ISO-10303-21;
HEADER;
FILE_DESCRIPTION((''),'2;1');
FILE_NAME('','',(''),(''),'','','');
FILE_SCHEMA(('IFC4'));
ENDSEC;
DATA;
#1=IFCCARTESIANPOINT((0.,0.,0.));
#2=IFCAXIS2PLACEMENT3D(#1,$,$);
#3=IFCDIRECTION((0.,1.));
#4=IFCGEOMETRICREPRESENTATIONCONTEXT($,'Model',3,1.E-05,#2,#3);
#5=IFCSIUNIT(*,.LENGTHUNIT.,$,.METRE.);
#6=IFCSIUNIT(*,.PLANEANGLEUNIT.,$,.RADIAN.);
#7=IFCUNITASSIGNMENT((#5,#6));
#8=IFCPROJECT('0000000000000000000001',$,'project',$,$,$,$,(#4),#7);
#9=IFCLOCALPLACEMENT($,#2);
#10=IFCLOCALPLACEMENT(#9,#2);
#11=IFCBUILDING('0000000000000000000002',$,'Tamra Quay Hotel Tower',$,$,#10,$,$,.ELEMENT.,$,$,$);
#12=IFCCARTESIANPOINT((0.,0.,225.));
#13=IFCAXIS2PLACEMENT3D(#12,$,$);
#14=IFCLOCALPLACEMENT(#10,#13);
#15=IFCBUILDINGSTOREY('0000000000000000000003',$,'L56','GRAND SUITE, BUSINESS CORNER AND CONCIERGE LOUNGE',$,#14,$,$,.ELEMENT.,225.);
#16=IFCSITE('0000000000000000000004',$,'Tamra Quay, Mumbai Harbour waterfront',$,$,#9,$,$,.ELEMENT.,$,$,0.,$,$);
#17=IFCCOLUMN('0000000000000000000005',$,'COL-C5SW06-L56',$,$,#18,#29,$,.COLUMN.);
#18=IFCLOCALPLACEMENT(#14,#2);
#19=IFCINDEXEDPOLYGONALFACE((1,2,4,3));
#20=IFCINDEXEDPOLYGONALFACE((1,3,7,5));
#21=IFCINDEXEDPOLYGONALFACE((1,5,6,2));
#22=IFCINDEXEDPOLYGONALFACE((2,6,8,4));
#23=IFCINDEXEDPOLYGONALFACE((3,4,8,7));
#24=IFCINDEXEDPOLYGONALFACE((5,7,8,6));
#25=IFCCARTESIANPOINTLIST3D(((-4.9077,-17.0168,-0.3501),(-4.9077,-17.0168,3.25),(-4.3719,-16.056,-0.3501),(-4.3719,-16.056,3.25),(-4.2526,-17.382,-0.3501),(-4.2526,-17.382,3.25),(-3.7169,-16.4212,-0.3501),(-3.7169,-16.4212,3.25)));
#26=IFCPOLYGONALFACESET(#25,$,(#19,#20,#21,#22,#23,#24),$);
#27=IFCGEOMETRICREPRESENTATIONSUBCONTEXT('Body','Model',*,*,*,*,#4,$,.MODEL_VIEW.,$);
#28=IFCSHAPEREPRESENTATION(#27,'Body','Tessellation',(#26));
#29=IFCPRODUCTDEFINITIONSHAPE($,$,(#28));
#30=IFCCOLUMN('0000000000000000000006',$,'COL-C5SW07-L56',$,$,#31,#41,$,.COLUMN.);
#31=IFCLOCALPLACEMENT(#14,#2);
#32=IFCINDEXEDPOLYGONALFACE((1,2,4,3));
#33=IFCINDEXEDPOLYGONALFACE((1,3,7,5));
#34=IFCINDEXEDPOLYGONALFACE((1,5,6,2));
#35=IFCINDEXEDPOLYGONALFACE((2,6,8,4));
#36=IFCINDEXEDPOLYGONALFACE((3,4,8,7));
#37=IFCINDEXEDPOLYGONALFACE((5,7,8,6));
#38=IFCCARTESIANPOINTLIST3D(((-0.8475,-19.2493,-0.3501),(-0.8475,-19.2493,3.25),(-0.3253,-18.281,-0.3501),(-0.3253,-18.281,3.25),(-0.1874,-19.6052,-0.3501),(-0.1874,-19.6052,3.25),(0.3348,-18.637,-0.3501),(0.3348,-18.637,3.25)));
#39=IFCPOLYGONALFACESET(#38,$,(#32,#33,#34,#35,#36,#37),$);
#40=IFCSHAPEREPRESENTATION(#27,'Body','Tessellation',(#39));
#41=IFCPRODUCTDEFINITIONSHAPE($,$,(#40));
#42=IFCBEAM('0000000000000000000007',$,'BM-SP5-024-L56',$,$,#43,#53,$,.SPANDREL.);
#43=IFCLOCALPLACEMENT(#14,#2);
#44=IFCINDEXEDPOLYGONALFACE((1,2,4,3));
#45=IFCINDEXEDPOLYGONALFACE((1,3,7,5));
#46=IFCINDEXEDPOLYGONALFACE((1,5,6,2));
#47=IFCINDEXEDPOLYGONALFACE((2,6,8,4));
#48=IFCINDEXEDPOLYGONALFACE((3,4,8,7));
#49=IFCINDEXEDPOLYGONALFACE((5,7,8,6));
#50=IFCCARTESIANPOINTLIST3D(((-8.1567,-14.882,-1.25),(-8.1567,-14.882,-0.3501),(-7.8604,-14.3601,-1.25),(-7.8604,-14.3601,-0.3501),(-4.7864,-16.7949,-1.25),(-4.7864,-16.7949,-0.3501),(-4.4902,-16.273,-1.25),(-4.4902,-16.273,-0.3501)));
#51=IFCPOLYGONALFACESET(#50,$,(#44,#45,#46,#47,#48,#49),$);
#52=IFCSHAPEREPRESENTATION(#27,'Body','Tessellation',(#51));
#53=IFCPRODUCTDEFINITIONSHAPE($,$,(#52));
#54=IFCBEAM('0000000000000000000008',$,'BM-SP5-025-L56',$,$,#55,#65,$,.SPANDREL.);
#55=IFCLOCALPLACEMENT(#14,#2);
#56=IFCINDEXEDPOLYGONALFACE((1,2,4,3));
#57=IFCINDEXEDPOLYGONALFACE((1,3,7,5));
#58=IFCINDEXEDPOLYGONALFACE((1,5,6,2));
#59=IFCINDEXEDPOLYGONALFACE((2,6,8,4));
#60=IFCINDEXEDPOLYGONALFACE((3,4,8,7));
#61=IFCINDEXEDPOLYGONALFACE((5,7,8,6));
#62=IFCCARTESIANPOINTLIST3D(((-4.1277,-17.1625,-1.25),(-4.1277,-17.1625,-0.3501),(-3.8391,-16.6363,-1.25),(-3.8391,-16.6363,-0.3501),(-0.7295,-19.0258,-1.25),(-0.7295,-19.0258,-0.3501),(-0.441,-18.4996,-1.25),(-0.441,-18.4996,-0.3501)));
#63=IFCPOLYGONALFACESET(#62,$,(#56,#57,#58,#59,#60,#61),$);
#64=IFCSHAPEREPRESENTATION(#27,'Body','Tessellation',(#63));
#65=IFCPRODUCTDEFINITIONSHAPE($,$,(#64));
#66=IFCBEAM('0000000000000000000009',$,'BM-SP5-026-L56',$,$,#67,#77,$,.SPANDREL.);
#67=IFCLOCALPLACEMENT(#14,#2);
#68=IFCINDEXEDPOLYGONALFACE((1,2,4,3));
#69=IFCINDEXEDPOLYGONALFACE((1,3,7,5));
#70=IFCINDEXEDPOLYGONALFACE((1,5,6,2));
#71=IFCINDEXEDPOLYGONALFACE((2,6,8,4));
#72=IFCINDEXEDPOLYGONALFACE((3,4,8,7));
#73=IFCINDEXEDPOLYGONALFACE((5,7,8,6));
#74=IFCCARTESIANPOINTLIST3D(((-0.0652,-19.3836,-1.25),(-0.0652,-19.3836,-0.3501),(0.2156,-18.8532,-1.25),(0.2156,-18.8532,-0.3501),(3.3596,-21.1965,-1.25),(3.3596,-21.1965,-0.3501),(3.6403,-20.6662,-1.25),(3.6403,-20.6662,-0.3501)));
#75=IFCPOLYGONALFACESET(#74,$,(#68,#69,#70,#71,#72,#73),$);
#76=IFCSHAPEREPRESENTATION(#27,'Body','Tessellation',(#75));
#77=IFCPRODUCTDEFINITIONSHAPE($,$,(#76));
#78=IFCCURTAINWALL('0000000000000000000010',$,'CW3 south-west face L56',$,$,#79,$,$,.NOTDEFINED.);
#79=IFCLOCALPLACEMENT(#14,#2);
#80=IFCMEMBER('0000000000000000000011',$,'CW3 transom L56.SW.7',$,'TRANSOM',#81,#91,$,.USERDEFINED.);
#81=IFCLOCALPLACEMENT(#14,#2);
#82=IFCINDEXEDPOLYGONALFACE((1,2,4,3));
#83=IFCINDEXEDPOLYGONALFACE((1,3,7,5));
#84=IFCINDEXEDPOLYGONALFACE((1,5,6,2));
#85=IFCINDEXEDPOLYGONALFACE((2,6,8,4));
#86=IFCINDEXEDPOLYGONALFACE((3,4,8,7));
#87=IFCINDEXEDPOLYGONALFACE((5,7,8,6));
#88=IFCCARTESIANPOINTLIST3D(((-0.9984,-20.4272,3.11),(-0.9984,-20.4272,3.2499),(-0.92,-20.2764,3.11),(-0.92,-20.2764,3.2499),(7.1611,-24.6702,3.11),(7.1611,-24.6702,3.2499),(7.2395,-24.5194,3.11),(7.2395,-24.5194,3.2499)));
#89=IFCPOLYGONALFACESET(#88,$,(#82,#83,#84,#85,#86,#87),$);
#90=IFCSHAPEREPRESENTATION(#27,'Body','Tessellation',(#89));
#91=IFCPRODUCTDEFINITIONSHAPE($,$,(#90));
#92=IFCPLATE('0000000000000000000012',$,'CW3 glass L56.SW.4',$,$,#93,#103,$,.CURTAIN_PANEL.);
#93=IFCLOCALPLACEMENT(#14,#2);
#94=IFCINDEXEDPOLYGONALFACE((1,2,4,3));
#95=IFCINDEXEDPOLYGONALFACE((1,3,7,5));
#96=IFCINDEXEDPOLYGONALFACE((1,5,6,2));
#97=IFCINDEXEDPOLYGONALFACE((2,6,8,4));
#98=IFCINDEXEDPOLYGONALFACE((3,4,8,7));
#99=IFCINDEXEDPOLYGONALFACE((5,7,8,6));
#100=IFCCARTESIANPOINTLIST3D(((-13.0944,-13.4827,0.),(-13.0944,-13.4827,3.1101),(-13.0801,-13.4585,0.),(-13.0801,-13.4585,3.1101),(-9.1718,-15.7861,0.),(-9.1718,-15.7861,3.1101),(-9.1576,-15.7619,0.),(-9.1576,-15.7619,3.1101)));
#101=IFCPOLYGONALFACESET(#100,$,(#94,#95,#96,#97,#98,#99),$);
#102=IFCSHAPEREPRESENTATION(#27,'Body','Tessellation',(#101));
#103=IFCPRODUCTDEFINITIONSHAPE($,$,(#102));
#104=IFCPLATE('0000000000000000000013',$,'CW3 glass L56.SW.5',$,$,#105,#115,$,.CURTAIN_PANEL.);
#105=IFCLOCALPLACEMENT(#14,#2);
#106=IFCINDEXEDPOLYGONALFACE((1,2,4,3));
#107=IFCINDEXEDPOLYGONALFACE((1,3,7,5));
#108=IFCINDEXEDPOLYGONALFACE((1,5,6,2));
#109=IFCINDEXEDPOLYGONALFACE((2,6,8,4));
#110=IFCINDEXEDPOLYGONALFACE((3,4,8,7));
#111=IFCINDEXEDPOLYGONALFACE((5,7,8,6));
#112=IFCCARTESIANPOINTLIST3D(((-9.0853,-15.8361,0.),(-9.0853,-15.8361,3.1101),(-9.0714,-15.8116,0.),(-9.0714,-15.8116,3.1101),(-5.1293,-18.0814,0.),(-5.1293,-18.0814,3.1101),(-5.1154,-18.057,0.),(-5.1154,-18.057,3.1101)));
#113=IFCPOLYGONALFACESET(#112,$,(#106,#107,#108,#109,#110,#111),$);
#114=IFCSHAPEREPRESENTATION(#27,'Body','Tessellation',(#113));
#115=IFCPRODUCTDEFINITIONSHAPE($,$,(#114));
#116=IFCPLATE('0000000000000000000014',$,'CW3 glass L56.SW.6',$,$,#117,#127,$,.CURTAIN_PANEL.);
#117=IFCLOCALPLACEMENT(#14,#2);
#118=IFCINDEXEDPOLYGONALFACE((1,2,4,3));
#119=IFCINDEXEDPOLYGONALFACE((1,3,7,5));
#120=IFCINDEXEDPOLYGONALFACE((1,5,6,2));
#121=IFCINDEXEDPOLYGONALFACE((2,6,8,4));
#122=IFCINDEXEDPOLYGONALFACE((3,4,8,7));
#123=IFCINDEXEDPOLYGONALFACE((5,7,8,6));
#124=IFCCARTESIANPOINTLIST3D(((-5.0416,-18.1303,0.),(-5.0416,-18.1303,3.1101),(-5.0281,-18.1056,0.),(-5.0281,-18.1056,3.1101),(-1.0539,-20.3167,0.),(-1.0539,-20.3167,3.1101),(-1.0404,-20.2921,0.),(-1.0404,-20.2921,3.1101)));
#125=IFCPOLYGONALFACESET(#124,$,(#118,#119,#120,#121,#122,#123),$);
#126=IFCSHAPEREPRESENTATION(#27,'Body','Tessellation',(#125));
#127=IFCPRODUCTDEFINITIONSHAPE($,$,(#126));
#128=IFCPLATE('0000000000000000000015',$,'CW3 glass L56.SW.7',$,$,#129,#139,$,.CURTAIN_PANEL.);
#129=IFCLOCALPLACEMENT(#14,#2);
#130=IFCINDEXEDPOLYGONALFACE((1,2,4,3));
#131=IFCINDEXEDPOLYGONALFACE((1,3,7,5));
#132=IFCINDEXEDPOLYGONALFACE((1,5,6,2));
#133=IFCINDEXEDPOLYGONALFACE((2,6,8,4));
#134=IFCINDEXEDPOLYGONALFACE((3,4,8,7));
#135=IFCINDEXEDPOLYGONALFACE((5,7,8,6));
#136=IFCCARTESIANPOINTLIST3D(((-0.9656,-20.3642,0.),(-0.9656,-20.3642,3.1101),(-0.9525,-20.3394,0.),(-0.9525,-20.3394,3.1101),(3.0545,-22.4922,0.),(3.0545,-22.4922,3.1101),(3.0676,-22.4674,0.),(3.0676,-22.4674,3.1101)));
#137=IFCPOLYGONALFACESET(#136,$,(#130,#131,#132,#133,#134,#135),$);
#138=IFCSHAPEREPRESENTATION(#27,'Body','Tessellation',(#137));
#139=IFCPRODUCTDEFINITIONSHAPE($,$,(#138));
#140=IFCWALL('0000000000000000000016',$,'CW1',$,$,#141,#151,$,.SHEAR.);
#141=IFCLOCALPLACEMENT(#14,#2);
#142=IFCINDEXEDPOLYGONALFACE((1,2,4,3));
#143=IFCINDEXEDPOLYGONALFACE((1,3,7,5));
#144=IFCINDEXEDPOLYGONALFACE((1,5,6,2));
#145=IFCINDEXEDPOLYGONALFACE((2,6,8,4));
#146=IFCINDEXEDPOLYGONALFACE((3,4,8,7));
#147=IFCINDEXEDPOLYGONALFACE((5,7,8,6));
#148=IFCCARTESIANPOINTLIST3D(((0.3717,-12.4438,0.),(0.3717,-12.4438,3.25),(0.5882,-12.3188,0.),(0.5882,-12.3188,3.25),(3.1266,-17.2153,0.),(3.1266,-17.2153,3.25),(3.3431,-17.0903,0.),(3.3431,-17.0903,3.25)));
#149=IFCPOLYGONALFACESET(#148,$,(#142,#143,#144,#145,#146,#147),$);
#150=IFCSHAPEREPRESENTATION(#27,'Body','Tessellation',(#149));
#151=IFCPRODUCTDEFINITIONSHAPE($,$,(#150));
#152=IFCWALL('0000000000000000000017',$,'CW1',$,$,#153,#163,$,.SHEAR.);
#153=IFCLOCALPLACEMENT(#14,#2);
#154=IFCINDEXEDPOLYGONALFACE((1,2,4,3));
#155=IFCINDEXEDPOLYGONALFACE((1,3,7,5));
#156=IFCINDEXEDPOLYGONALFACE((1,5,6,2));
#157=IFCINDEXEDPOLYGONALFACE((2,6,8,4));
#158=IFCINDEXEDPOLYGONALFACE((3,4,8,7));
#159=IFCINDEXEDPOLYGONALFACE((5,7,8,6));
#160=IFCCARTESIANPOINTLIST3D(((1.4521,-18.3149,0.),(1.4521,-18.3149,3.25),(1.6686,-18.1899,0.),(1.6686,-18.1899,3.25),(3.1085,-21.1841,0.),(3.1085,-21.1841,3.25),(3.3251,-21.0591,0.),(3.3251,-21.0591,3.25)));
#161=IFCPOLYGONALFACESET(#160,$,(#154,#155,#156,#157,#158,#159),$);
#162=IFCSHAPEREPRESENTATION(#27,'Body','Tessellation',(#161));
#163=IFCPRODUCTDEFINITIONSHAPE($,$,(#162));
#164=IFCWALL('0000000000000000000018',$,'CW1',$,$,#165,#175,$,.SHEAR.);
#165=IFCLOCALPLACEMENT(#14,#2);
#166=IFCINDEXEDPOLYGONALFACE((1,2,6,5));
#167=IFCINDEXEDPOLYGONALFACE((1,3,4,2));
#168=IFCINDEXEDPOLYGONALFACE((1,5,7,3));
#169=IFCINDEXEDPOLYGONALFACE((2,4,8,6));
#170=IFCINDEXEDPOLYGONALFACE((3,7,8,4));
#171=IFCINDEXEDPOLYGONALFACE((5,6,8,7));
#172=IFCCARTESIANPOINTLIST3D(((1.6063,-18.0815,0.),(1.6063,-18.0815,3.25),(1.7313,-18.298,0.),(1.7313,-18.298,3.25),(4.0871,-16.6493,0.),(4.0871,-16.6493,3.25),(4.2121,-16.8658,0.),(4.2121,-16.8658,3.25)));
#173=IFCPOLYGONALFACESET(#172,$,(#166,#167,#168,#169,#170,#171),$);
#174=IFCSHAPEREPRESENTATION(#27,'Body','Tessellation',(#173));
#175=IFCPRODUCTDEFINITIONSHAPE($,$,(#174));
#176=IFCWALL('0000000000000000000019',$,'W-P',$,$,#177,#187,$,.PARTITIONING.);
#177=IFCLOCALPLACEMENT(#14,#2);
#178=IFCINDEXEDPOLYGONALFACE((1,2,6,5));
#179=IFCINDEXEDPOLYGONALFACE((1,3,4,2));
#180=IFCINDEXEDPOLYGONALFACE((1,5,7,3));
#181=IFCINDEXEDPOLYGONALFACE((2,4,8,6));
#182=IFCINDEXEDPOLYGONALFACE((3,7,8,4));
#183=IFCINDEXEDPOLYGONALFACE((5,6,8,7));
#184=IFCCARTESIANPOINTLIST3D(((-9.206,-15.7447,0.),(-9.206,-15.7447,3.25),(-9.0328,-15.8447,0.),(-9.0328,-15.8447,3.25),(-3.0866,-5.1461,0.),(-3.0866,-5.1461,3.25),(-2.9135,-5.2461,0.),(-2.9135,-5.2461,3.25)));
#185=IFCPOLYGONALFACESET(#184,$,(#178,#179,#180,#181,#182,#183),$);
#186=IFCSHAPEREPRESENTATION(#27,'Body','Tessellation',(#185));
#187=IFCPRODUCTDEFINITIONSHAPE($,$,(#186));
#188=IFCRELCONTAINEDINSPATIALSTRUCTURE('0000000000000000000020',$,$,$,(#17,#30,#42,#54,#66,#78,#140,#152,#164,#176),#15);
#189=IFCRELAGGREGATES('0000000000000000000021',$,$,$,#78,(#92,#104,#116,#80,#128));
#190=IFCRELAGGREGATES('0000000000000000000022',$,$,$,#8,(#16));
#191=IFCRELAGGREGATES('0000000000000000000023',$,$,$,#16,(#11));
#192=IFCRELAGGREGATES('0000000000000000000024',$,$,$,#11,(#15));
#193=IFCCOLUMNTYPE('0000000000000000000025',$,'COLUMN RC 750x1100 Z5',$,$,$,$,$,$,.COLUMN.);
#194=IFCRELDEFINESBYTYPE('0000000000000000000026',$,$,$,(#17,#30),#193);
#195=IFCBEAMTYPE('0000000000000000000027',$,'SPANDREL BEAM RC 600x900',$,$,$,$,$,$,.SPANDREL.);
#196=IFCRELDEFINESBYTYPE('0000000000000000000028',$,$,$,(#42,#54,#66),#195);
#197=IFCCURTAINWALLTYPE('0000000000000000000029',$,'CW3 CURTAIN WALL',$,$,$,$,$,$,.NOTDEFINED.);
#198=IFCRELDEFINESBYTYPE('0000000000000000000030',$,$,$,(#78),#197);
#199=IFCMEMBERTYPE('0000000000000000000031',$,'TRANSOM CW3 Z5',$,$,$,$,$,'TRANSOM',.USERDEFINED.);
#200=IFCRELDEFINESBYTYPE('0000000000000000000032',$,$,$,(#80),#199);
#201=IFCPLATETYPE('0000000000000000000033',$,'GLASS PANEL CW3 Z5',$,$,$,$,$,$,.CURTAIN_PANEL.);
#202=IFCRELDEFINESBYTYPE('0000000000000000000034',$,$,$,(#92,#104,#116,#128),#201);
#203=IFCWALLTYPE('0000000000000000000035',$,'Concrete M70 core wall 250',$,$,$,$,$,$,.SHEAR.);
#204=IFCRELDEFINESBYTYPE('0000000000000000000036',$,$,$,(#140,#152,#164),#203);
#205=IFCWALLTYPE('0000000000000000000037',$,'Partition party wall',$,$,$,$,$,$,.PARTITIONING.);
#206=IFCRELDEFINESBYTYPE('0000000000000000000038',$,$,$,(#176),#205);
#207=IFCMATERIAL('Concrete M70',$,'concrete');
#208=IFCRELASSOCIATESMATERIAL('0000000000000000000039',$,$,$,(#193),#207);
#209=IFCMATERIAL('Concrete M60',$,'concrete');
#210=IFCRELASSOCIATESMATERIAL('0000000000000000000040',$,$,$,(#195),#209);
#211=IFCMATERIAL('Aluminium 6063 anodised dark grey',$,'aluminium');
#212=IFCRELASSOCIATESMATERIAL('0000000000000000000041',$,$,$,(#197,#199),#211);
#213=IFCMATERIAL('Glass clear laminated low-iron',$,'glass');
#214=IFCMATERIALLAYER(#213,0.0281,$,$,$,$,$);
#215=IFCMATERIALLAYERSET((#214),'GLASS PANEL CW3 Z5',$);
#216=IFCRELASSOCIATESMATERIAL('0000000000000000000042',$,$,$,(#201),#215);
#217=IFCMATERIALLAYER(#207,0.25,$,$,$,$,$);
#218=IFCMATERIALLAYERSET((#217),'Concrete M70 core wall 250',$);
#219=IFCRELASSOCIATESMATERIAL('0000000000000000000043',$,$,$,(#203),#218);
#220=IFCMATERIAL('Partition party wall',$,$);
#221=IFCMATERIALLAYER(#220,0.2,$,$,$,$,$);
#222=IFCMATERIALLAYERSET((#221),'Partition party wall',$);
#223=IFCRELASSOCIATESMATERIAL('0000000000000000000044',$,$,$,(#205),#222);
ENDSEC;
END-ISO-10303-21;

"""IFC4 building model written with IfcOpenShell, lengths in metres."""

from ifc_helpers import new_model, si_unit, direction, frame, frame_2d, origin, origin_2d, place, context, subcontext, project, spatial, rectangle, extrude, material, layer, layer_set, material_profile, profile_set, type_object, element, aggregate, save


model = new_model("IFC4")

# Units and contexts
model_context = context("Model", 3, precision=1e-05, world=origin(), true_north=direction((0.0, 1.0)))
body_context = subcontext(model_context, "Body", "Model", "MODEL_VIEW")
ifc_project = project(units=[si_unit("LENGTHUNIT", "METRE"), si_unit("PLANEANGLEUNIT", "RADIAN")], contexts=[model_context])

# Site, building, storey
site_placement = place(None, origin())
site = spatial("IfcSite", under=ifc_project, at=site_placement, Name="Tamra Quay, Mumbai Harbour waterfront", CompositionType="ELEMENT", RefElevation=0.0)
building_placement = place(site_placement, origin())
building = spatial("IfcBuilding", under=site, at=building_placement, Name="Tamra Quay Hotel Tower", CompositionType="ELEMENT")
storey_placement = place(building_placement, frame((0.0, 0.0, 225.0)))
storey = spatial("IfcBuildingStorey", under=building, at=storey_placement, Name="L56", Description="GRAND SUITE, BUSINESS CORNER AND CONCIERGE LOUNGE", CompositionType="ELEMENT", Elevation=225.0)

# Columns
ifc_material_1 = material(Name="Concrete M70", Category="concrete")
ifc_material_profile_1 = material_profile(ifc_material_1, rectangle(XDim=1.1001, YDim=0.75, at=origin_2d()), Name="COLUMN RC 750x1100 Z5")
ifc_profile_set_1 = profile_set([ifc_material_profile_1], Name="Concrete M70")
column_type = type_object("IfcColumnType", Name="COLUMN RC 750x1100 Z5", PredefinedType="COLUMN", material=ifc_profile_set_1)
for number, where, z_axis, x_axis, name in (
    (1, (-4.3123, -16.719, -0.3501), (0.0, 0.0, 1.0), (0.486989, 0.873408, 0.0), "COL-C5SW06-L56"),
    (2, (-0.2563, -18.9431, -0.3501), (0.0, 0.0, 1.0), (0.474651, 0.880174, 0.0), "COL-C5SW07-L56"),
):
    element("IfcColumn", number, at=place(storey_placement, frame(where, z_axis=z_axis, x_axis=x_axis)), inside=storey, type_object=column_type, Name=name, PredefinedType="COLUMN", context=body_context, shape_type="SweptSolid", body=[
        extrude(rectangle(XDim=1.1001, YDim=0.75, at=origin_2d()), origin(), (0.0, 0.0, 1.0), 3.6001),
    ])

# Beams
ifc_material_2 = material(Name="Concrete M60", Category="concrete")
ifc_material_profile_2 = material_profile(ifc_material_2, rectangle(XDim=0.6001, YDim=0.8999, at=origin_2d()), Name="SPANDREL BEAM RC 600x900")
ifc_profile_set_2 = profile_set([ifc_material_profile_2], Name="Concrete M60")
beam_type = type_object("IfcBeamType", Name="SPANDREL BEAM RC 600x900", PredefinedType="SPANDREL", material=ifc_profile_set_2)
beam_1_placement = place(storey_placement, frame((-8.0085, -14.6211, -0.8), z_axis=(0.869678, -0.49362, 0.0), x_axis=(0.49362, 0.869678, 0.0)))
element("IfcBeam", 3, at=beam_1_placement, inside=storey, type_object=beam_type, Name="BM-SP5-024-L56", PredefinedType="SPANDREL", context=body_context, shape_type="SweptSolid", body=[
    extrude(rectangle(XDim=0.6001, YDim=0.8999, at=origin_2d()), origin(), (0.0, 0.0, 1.0), 3.8752),
])
beam_2_placement = place(storey_placement, frame((-3.9834, -16.8994, -0.8), z_axis=(0.876839, -0.480784, 0.0), x_axis=(0.480784, 0.876839, 0.0)))
element("IfcBeam", 4, at=beam_2_placement, inside=storey, type_object=beam_type, Name="BM-SP5-025-L56", PredefinedType="SPANDREL", context=body_context, shape_type="SweptSolid", body=[
    extrude(rectangle(XDim=0.6001, YDim=0.8999, at=origin_2d()), origin(), (0.0, 0.0, 1.0), 3.8755),
])
beam_3_placement = place(storey_placement, frame((0.0752, -19.1184, -0.8), z_axis=(0.883803, -0.467859, 0.0), x_axis=(0.467859, 0.883803, 0.0)))
element("IfcBeam", 5, at=beam_3_placement, inside=storey, type_object=beam_type, Name="BM-SP5-026-L56", PredefinedType="SPANDREL", context=body_context, shape_type="SweptSolid", body=[
    extrude(rectangle(XDim=0.6001, YDim=0.8999, at=origin_2d()), origin(), (0.0, 0.0, 1.0), 3.875),
])

# Curtain wall, member, plates
ifc_material_3 = material(Name="Aluminium 6063 anodised dark grey", Category="aluminium")
curtain_wall_type = type_object("IfcCurtainWallType", Name="CW3 CURTAIN WALL", PredefinedType="NOTDEFINED", material=ifc_material_3)
curtain_wall_placement = place(storey_placement, origin())
curtain_wall = element("IfcCurtainWall", 6, at=curtain_wall_placement, inside=storey, type_object=curtain_wall_type, Name="CW3 south-west face L56", PredefinedType="NOTDEFINED")
ifc_material_profile_3 = material_profile(ifc_material_3, rectangle(XDim=0.1699, YDim=0.1399, at=origin_2d()), Name="TRANSOM 170X140")
ifc_profile_set_3 = profile_set([ifc_material_profile_3], Name="Aluminium 6063 anodised dark grey")
member_type = type_object("IfcMemberType", Name="TRANSOM CW3 Z5", ElementType="TRANSOM", PredefinedType="USERDEFINED", material=ifc_profile_set_3)
member_placement = place(storey_placement, frame((-0.9592, -20.3518, 3.1799), z_axis=(0.887216, -0.461354, 0.0), x_axis=(0.461354, 0.887216, 0.0)))
member = element("IfcMember", 7, at=member_placement, type_object=member_type, Name="CW3 transom L56.SW.7", ObjectType="TRANSOM", PredefinedType="USERDEFINED", context=body_context, shape_type="SweptSolid", body=[
    extrude(rectangle(XDim=0.1699, YDim=0.1399, at=origin_2d()), origin(), (0.0, 0.0, 1.0), 9.1968),
])
ifc_material_4 = material(Name="Glass clear laminated low-iron", Category="glass")
ifc_layer_1 = layer(ifc_material_4, 0.0281)
ifc_layer_set_1 = layer_set([ifc_layer_1], Name="GLASS PANEL CW3 Z5")
plate_type = type_object("IfcPlateType", Name="GLASS PANEL CW3 Z5", PredefinedType="CURTAIN_PANEL", material=ifc_layer_set_1)
plate_1_placement = place(storey_placement, frame((-11.126, -14.6223, 0.0), z_axis=(0.0, 0.0, 1.0), x_axis=(0.862321, -0.506362, 0.0)))
plate_1 = element("IfcPlate", 8, at=plate_1_placement, type_object=plate_type, Name="CW3 glass L56.SW.4", PredefinedType="CURTAIN_PANEL", context=body_context, shape_type="SweptSolid", body=[
    extrude(rectangle(XDim=4.5488, YDim=0.0281, at=origin_2d()), origin(), (0.0, 0.0, 1.0), 3.1101),
])
plate_2_placement = place(storey_placement, frame((-7.1003, -16.9465, 0.0), z_axis=(0.0, 0.0, 1.0), x_axis=(0.869683, -0.493611, 0.0)))
plate_2 = element("IfcPlate", 9, at=plate_2_placement, type_object=plate_type, Name="CW3 glass L56.SW.5", PredefinedType="CURTAIN_PANEL", context=body_context, shape_type="SweptSolid", body=[
    extrude(rectangle(XDim=4.5488, YDim=0.0281, at=origin_2d()), origin(), (0.0, 0.0, 1.0), 3.1101),
])
plate_3_placement = place(storey_placement, frame((-3.041, -19.2112, 0.0), z_axis=(0.0, 0.0, 1.0), x_axis=(0.876846, -0.480771, 0.0)))
plate_3 = element("IfcPlate", 10, at=plate_3_placement, type_object=plate_type, Name="CW3 glass L56.SW.6", PredefinedType="CURTAIN_PANEL", context=body_context, shape_type="SweptSolid", body=[
    extrude(rectangle(XDim=4.5479, YDim=0.0281, at=origin_2d()), origin(), (0.0, 0.0, 1.0), 3.1101),
])
plate_4_placement = place(storey_placement, frame((1.051, -21.4158, 0.0), z_axis=(0.0, 0.0, 1.0), x_axis=(0.883813, -0.467841, 0.0)))
plate_4 = element("IfcPlate", 11, at=plate_4_placement, type_object=plate_type, Name="CW3 glass L56.SW.7", PredefinedType="CURTAIN_PANEL", context=body_context, shape_type="SweptSolid", body=[
    extrude(rectangle(XDim=4.5486, YDim=0.0281, at=origin_2d()), origin(), (0.0, 0.0, 1.0), 3.1101),
])
aggregate(curtain_wall, [plate_1, plate_2, plate_3, member, plate_4])

# Walls
ifc_layer_2 = layer(ifc_material_1, 0.25)
ifc_layer_set_2 = layer_set([ifc_layer_2], Name="Concrete M70 core wall 250")
wall_type_1 = type_object("IfcWallType", Name="Concrete M70 core wall 250", PredefinedType="SHEAR", material=ifc_layer_set_2)
wall_1_placement = place(storey_placement, frame((3.2349, -17.1528, 0.0), z_axis=(0.0, 0.0, 1.0), x_axis=(-0.500009, 0.86602, 0.0)))
element("IfcWall", 12, at=wall_1_placement, inside=storey, type_object=wall_type_1, Name="CW1", PredefinedType="SHEAR", context=body_context, shape_type="SweptSolid", body=[
    extrude(rectangle(XDim=5.5098, YDim=0.25, at=frame_2d((2.7549, 0.0))), origin(), (0.0, 0.0, 1.0), 3.25),
])
wall_2_placement = place(storey_placement, frame((3.2168, -21.1216, 0.0), z_axis=(0.0, 0.0, 1.0), x_axis=(-0.499999, 0.866026, 0.0)))
element("IfcWall", 13, at=wall_2_placement, inside=storey, type_object=wall_type_1, Name="CW1", PredefinedType="SHEAR", context=body_context, shape_type="SweptSolid", body=[
    extrude(rectangle(XDim=3.313, YDim=0.25, at=frame_2d((1.6565, 0.0))), origin(), (0.0, 0.0, 1.0), 3.25),
])
wall_3_placement = place(storey_placement, frame((1.6689, -18.1897, 0.0), z_axis=(0.0, 0.0, 1.0), x_axis=(0.866042, 0.499971, 0.0)))
element("IfcWall", 14, at=wall_3_placement, inside=storey, type_object=wall_type_1, Name="CW1", PredefinedType="SHEAR", context=body_context, shape_type="SweptSolid", body=[
    extrude(rectangle(XDim=2.8645, YDim=0.25, at=frame_2d((1.4321, 0.0))), origin(), (0.0, 0.0, 1.0), 3.25),
])
ifc_material_5 = material(Name="Partition party wall")
ifc_layer_3 = layer(ifc_material_5, 0.2)
ifc_layer_set_3 = layer_set([ifc_layer_3], Name="Partition party wall")
wall_type_2 = type_object("IfcWallType", Name="Partition party wall", PredefinedType="PARTITIONING", material=ifc_layer_set_3)
wall_4_placement = place(storey_placement, frame((-9.1194, -15.7947, 0.0), z_axis=(0.0, 0.0, 1.0), x_axis=(0.500016, 0.866016, 0.0)))
element("IfcWall", 15, at=wall_4_placement, inside=storey, type_object=wall_type_2, Name="W-P", PredefinedType="PARTITIONING", context=body_context, shape_type="SweptSolid", body=[
    extrude(rectangle(XDim=12.2383, YDim=0.2, at=frame_2d((6.1191, 0.0))), origin(), (0.0, 0.0, 1.0), 3.25),
])

save(model, "model.ifc")
